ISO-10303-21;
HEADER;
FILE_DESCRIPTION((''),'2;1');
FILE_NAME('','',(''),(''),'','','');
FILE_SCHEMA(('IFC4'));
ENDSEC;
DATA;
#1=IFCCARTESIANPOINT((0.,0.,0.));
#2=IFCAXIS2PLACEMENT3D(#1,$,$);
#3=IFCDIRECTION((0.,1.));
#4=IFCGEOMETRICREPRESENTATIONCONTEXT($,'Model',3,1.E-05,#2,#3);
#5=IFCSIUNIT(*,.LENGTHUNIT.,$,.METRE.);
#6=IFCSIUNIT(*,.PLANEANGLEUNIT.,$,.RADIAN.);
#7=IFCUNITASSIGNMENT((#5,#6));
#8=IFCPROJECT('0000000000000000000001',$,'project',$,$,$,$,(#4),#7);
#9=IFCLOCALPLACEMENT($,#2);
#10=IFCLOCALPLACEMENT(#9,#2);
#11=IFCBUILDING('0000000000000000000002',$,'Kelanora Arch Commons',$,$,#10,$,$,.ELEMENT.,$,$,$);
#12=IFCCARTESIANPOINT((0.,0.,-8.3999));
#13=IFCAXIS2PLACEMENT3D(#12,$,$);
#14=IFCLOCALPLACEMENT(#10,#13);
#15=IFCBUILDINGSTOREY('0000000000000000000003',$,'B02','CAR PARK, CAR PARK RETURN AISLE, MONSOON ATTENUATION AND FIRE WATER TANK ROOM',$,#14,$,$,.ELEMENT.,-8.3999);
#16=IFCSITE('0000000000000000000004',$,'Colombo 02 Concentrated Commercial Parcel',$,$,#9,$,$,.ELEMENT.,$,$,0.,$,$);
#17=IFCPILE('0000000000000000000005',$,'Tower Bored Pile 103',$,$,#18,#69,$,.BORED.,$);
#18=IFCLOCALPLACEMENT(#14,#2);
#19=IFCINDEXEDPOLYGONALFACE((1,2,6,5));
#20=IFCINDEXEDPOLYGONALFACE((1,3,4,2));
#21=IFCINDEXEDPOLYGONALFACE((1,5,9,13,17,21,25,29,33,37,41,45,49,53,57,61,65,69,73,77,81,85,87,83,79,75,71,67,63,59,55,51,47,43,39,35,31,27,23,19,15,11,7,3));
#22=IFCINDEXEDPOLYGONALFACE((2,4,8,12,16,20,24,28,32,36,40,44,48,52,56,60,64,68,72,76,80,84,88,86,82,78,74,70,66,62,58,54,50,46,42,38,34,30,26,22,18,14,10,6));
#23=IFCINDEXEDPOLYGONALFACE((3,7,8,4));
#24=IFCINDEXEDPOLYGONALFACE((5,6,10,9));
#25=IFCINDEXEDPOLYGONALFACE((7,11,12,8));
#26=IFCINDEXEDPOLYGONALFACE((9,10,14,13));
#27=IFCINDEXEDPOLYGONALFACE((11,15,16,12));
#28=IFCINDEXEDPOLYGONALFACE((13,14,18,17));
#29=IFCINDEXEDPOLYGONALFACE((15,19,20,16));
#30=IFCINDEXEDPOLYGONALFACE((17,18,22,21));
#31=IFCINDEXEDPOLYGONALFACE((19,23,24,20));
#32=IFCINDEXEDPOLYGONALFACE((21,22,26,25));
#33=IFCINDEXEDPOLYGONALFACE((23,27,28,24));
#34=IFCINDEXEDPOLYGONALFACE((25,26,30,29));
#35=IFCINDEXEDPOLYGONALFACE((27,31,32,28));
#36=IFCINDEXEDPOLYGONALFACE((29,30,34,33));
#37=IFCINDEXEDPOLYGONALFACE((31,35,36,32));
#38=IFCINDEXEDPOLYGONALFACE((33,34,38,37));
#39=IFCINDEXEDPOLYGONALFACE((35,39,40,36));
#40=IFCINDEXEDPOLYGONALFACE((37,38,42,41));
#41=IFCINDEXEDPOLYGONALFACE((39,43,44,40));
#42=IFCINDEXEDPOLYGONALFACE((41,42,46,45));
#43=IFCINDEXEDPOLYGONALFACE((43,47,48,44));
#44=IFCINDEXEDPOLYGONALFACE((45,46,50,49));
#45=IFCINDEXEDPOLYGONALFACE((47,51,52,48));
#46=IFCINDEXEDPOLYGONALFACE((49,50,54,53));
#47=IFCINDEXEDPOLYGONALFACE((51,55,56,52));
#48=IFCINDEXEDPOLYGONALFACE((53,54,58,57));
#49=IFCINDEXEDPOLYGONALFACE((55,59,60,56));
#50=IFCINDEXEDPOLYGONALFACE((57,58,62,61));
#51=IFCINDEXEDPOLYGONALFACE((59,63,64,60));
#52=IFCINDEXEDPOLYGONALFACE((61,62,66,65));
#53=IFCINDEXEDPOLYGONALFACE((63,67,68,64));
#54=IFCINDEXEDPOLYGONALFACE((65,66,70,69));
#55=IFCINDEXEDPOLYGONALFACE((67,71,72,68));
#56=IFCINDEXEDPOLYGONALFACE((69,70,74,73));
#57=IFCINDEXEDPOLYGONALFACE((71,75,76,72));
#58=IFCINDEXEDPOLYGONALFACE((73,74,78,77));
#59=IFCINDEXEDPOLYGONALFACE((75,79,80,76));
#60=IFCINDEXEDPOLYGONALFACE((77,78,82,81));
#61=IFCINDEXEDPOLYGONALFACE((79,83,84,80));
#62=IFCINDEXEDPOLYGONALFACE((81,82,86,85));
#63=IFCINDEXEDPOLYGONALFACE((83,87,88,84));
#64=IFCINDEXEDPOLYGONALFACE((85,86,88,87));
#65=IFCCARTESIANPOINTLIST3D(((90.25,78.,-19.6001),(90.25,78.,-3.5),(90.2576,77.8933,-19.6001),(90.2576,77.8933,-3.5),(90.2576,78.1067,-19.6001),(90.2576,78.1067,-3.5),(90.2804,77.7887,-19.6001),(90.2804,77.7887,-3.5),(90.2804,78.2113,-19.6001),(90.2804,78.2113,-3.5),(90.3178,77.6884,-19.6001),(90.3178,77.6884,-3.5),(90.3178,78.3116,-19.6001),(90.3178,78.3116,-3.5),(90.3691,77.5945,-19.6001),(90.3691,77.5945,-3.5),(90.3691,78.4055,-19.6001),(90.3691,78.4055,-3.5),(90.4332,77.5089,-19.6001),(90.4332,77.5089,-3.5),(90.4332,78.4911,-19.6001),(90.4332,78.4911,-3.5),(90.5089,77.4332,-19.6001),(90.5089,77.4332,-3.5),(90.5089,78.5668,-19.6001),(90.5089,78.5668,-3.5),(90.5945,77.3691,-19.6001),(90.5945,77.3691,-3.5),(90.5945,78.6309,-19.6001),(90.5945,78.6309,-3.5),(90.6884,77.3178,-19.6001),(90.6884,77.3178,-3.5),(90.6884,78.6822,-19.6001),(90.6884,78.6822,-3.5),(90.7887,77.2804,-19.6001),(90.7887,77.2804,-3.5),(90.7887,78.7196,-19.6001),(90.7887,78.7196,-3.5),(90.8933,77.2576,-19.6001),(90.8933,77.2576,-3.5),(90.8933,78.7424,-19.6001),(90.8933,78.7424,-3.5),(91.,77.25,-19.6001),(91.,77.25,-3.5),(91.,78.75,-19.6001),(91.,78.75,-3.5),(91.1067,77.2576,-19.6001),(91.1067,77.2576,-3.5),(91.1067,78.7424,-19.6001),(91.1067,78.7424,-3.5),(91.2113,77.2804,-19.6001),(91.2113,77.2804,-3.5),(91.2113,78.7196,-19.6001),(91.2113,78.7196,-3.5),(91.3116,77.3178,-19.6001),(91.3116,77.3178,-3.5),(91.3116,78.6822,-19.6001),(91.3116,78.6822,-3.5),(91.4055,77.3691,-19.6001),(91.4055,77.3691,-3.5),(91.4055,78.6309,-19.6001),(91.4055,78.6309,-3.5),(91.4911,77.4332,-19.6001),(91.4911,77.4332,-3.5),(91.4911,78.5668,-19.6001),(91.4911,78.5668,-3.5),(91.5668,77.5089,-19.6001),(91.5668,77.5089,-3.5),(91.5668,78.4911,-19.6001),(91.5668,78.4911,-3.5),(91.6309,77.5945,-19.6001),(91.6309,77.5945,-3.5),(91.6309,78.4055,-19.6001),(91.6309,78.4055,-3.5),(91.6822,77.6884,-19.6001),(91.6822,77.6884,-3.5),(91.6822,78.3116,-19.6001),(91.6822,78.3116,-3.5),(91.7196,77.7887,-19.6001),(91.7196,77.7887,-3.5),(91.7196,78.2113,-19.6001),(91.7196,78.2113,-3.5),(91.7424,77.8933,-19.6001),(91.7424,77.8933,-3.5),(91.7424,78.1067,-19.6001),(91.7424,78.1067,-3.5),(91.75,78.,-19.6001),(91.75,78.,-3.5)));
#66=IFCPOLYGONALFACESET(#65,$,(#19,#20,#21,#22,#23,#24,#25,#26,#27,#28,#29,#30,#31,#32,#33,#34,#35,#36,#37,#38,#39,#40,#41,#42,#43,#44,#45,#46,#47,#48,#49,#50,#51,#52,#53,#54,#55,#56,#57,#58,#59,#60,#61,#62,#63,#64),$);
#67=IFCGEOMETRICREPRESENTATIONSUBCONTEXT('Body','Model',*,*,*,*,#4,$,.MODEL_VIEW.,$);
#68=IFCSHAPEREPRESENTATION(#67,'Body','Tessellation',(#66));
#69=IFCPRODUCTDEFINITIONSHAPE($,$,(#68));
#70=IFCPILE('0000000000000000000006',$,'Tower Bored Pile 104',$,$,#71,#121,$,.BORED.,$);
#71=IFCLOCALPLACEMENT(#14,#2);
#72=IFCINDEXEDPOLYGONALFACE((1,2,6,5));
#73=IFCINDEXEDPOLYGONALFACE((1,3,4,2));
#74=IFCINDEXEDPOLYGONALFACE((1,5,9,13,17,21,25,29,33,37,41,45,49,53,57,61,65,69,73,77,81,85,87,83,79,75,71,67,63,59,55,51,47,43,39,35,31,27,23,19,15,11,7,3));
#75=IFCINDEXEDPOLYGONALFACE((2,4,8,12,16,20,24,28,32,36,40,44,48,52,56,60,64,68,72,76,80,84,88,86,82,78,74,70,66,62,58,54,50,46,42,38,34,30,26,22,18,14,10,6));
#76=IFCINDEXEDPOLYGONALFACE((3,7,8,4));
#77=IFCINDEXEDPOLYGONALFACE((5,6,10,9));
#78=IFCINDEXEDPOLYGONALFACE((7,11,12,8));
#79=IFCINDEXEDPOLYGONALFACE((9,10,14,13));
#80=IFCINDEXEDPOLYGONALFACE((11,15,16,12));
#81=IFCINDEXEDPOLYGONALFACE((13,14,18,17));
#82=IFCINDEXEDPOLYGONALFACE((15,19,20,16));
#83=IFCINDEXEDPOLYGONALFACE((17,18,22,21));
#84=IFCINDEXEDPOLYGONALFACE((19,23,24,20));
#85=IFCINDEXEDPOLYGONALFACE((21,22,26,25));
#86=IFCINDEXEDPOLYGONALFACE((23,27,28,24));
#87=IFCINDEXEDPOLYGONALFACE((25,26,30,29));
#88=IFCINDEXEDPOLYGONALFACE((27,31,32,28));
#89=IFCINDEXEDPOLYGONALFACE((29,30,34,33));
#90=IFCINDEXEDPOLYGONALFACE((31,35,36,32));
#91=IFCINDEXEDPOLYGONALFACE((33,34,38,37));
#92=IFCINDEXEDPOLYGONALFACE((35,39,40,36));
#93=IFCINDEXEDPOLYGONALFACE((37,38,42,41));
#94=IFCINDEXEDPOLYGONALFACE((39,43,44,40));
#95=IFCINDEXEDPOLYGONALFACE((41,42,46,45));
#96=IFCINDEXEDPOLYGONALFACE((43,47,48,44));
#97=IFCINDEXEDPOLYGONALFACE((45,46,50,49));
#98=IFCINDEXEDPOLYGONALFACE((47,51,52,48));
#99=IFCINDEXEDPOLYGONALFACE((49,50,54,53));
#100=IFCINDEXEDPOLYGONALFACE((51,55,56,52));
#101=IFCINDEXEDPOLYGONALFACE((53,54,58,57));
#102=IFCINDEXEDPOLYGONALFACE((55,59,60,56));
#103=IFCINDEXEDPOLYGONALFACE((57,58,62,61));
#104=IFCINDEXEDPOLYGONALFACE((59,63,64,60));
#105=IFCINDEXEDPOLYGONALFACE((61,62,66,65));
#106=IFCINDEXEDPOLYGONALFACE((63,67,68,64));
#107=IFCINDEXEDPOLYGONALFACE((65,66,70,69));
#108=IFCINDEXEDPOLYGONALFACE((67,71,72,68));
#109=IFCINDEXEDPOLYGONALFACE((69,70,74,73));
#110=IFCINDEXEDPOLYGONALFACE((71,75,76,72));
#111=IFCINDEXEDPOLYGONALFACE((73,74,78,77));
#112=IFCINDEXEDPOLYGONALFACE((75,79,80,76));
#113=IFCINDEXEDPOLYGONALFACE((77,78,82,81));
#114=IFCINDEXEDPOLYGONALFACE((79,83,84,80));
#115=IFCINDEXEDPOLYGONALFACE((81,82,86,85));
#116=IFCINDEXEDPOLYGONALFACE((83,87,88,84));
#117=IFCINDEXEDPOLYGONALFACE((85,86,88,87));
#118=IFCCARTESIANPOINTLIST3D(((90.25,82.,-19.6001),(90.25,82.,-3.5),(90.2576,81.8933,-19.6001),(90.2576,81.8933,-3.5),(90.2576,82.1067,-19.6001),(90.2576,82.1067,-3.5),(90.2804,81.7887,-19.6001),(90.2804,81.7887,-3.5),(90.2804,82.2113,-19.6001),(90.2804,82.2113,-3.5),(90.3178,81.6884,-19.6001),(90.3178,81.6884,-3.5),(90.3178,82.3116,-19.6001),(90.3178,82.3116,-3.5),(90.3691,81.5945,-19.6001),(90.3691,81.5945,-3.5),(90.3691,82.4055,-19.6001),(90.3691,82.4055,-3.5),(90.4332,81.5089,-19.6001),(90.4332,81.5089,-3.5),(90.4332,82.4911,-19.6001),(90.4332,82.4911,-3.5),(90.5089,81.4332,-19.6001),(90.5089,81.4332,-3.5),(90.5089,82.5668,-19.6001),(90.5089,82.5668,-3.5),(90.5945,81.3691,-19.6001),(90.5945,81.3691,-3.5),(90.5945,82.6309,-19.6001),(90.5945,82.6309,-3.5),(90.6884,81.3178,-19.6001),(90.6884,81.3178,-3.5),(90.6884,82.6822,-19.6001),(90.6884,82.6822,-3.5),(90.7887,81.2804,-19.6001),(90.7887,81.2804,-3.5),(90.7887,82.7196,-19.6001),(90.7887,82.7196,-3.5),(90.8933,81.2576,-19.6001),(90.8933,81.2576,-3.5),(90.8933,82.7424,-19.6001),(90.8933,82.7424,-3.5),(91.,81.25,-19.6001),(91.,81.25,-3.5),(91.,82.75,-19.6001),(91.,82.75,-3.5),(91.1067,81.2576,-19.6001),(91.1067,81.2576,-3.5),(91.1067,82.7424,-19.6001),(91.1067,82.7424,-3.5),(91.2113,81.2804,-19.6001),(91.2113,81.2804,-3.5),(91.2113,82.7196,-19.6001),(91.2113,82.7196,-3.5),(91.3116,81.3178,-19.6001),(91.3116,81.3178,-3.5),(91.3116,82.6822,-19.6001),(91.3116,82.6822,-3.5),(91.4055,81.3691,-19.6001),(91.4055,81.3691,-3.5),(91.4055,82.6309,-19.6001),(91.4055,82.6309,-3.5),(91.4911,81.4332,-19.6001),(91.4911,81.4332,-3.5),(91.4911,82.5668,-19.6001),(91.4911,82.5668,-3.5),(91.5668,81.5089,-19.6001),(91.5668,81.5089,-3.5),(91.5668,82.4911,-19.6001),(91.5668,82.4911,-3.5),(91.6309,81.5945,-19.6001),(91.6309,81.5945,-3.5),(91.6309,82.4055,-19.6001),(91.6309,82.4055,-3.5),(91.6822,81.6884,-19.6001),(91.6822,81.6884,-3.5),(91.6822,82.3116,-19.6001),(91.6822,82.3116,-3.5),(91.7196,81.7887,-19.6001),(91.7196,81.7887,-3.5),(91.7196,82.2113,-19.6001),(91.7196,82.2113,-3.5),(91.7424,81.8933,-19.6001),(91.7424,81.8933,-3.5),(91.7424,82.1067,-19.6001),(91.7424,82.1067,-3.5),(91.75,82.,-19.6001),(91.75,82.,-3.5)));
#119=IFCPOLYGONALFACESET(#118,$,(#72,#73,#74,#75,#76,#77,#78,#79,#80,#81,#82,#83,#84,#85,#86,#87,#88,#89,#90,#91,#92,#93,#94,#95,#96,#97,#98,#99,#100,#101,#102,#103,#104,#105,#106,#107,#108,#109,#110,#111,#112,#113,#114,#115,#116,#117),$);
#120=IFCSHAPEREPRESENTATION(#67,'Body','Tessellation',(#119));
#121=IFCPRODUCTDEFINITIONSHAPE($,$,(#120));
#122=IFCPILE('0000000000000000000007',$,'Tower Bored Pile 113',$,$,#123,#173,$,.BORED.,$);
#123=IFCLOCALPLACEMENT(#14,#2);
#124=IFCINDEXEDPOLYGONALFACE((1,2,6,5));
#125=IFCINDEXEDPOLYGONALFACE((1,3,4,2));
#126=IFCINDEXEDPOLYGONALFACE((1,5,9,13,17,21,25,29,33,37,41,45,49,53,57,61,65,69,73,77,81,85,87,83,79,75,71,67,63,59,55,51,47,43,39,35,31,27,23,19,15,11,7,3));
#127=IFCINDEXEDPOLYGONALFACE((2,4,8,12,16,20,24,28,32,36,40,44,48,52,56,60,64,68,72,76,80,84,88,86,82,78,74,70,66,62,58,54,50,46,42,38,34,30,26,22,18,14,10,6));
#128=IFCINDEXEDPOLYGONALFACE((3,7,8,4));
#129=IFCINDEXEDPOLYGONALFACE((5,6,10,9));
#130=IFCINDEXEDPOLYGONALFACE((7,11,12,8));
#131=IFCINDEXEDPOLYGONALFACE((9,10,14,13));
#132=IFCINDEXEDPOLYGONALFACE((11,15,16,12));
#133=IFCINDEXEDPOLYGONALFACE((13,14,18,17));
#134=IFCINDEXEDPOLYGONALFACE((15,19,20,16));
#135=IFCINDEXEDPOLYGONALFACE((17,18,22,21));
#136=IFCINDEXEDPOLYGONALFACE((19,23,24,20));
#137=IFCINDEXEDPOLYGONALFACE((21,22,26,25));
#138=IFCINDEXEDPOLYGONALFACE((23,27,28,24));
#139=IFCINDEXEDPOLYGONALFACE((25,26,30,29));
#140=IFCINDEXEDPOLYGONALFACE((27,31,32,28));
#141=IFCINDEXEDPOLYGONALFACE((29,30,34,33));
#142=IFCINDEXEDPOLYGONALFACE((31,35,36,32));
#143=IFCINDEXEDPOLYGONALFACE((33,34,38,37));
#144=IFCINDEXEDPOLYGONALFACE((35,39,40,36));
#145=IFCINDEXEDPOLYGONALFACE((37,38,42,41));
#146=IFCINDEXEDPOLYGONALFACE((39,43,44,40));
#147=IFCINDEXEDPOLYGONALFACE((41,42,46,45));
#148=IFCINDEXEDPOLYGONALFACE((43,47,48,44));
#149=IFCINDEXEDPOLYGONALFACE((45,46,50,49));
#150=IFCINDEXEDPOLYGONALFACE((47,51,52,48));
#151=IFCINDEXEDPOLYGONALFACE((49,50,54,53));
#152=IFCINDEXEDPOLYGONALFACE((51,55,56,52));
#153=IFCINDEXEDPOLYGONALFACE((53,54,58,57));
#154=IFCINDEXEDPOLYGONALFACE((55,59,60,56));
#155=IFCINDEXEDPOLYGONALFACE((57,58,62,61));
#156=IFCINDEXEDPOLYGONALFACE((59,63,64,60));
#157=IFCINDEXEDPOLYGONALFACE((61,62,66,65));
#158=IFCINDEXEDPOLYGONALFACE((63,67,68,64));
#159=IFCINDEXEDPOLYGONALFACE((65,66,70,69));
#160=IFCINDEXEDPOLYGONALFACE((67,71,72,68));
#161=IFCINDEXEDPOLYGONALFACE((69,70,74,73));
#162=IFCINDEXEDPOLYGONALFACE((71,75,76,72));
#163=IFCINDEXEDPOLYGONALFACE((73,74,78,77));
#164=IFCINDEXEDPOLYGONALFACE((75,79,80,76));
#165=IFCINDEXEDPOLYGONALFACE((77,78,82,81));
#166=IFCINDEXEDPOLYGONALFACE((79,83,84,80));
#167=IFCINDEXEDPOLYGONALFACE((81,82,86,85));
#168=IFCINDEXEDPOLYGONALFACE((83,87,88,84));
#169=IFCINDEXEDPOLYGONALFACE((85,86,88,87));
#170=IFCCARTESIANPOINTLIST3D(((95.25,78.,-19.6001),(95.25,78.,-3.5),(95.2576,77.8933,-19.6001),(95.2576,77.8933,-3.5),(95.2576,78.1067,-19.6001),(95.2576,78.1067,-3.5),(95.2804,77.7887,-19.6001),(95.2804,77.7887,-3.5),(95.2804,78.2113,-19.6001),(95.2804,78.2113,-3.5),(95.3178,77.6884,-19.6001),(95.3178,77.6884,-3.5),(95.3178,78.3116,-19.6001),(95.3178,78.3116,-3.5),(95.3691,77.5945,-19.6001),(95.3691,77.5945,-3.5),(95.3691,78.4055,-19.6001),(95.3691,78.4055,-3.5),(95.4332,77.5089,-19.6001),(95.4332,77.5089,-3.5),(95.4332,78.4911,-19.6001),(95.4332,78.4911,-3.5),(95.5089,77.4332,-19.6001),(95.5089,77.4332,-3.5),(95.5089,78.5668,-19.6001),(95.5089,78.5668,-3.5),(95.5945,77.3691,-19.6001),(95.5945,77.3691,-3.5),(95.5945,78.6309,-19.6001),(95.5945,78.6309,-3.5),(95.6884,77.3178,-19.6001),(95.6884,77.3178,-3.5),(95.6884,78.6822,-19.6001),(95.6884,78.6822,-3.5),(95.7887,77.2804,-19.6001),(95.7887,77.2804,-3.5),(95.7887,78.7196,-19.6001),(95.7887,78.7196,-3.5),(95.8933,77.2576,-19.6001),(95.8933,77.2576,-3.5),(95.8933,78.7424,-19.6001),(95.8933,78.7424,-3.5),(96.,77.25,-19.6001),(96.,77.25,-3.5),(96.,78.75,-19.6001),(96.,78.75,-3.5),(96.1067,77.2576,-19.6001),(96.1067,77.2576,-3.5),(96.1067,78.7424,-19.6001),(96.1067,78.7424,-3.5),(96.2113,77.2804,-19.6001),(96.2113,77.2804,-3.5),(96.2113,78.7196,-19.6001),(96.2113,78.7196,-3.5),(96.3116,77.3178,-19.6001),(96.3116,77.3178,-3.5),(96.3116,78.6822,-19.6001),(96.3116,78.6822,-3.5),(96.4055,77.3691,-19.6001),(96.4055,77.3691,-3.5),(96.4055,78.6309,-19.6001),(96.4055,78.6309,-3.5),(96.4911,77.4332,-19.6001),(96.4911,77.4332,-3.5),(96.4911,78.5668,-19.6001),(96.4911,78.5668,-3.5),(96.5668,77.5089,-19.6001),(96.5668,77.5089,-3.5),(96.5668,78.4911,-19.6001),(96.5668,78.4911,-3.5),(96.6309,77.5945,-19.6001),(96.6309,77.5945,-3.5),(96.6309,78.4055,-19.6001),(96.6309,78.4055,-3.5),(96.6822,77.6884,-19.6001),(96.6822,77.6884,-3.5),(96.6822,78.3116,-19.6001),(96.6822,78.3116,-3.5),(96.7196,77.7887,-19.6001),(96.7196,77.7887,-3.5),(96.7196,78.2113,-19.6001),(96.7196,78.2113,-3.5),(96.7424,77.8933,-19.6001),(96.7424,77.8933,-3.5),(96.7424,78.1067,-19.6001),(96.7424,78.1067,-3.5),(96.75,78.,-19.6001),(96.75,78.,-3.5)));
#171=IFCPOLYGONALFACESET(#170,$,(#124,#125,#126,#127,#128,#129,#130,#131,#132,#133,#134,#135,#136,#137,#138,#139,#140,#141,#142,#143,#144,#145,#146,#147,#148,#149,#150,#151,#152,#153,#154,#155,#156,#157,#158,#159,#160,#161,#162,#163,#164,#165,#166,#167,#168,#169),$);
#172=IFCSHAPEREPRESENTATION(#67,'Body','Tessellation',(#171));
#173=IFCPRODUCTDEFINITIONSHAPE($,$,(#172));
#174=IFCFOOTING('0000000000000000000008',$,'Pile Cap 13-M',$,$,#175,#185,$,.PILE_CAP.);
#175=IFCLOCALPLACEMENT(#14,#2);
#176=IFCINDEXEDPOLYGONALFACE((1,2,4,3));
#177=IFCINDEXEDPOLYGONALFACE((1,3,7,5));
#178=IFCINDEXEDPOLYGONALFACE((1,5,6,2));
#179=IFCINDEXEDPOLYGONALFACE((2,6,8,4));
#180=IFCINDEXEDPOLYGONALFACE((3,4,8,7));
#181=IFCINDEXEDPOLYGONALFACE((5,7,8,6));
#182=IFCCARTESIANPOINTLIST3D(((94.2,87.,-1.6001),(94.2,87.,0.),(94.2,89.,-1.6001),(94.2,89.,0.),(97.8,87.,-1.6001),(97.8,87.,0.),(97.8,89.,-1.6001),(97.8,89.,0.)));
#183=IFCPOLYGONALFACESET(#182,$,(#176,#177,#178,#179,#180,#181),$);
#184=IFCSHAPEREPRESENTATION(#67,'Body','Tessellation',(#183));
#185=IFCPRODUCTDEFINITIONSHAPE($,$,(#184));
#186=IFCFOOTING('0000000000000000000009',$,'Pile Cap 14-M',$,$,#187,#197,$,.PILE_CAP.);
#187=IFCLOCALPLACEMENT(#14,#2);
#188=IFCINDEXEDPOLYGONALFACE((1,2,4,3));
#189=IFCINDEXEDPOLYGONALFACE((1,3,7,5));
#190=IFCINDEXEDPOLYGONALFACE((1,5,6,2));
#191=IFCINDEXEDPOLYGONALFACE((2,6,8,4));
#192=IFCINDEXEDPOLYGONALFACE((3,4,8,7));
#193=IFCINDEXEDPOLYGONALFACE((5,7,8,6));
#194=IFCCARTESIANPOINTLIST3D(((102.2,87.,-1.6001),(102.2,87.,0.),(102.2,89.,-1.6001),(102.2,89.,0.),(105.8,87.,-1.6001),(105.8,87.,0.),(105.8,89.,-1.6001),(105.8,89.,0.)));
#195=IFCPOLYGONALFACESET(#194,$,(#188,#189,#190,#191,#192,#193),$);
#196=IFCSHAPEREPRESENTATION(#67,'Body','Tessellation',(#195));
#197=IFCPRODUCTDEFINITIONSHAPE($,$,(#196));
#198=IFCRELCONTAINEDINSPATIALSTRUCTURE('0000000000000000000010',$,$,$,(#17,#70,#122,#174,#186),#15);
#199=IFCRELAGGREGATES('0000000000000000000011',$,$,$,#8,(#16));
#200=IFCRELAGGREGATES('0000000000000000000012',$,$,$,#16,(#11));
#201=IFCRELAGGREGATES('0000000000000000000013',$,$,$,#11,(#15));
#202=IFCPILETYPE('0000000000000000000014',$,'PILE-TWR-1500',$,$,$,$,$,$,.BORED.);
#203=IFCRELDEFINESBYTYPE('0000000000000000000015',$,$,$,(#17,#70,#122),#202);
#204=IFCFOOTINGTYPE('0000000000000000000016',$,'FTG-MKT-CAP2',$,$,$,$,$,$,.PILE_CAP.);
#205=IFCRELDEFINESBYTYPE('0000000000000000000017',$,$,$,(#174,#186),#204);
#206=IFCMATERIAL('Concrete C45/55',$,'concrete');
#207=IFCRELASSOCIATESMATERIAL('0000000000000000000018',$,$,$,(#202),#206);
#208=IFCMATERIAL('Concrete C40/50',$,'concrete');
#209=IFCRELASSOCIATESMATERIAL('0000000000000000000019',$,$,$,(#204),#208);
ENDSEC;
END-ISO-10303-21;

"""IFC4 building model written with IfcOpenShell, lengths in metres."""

from ifc_helpers import new_model, si_unit, direction, frame, origin, origin_2d, place, context, subcontext, project, spatial, rectangle, circle, extrude, source, transform, mapped, material, material_profile, profile_set, type_object, element, save


model = new_model("IFC4")

# Units and contexts
model_context = context("Model", 3, precision=1e-05, world=origin(), true_north=direction((0.0, 1.0)))
body_context = subcontext(model_context, "Body", "Model", "MODEL_VIEW")
ifc_project = project(units=[si_unit("LENGTHUNIT", "METRE"), si_unit("PLANEANGLEUNIT", "RADIAN")], contexts=[model_context])

# Site, building, storey
site_placement = place(None, origin())
site = spatial("IfcSite", under=ifc_project, at=site_placement, Name="Colombo 02 Concentrated Commercial Parcel", CompositionType="ELEMENT", RefElevation=0.0)
building_placement = place(site_placement, origin())
building = spatial("IfcBuilding", under=site, at=building_placement, Name="Kelanora Arch Commons", CompositionType="ELEMENT")
storey_placement = place(building_placement, frame((0.0, 0.0, -8.3999)))
storey = spatial("IfcBuildingStorey", under=building, at=storey_placement, Name="B02", Description="CAR PARK, CAR PARK RETURN AISLE, MONSOON ATTENUATION AND FIRE WATER TANK ROOM", CompositionType="ELEMENT", Elevation=-8.3999)

# Piles
ifc_material_1 = material(Name="Concrete C45/55", Category="concrete")
ifc_material_profile_1 = material_profile(ifc_material_1, circle(Radius=0.75, at=origin_2d()), Name="PILE1500")
ifc_profile_set_1 = profile_set([ifc_material_profile_1], Name="Concrete C45/55")
pile_type_1 = type_object("IfcPileType", Name="PILE-TWR-1500", PredefinedType="BORED", material=ifc_profile_set_1)
shared_shape_1 = source(origin(), body_context, "Body", "SweptSolid", [
    extrude(circle(Radius=0.75, at=origin_2d()), origin(), (0.0, 0.0, 1.0), 16.1001),
])
for number, where, z_axis, x_axis, name in (
    (1, (91.0, 78.0, -3.5), (0.0, 0.0, -1.0), (1.0, 0.0, 0.0), "Tower Bored Pile 103"),
    (2, (91.0, 82.0, -3.5), (0.0, 0.0, -1.0), (1.0, 0.0, 0.0), "Tower Bored Pile 104"),
    (3, (96.0, 78.0, -3.5), (0.0, 0.0, -1.0), (1.0, 0.0, 0.0), "Tower Bored Pile 113"),
):
    element("IfcPile", number, at=place(storey_placement, frame(where, z_axis=z_axis, x_axis=x_axis)), inside=storey, type_object=pile_type_1, Name=name, PredefinedType="BORED", context=body_context, shape_type="MappedRepresentation", body=[
        mapped(shared_shape_1, transform((0.0, 0.0, 0.0), scale=1.0)),
    ])

# Footings
ifc_material_2 = material(Name="Concrete C40/50", Category="concrete")
footing_type_1 = type_object("IfcFootingType", Name="FTG-MKT-CAP2", PredefinedType="PILE_CAP", material=ifc_material_2)
shared_shape_2 = source(origin(), body_context, "Body", "SweptSolid", [
    extrude(rectangle(XDim=3.6001, YDim=2.0, at=origin_2d()), origin(), (0.0, 0.0, 1.0), 1.6001),
])
for number, where, z_axis, x_axis, name in (
    (4, (96.0, 88.0, -1.6001), (0.0, 0.0, 1.0), (1.0, 0.0, 0.0), "Pile Cap 13-M"),
    (5, (104.0, 88.0, -1.6001), (0.0, 0.0, 1.0), (1.0, 0.0, 0.0), "Pile Cap 14-M"),
):
    element("IfcFooting", number, at=place(storey_placement, frame(where, z_axis=z_axis, x_axis=x_axis)), inside=storey, type_object=footing_type_1, Name=name, PredefinedType="PILE_CAP", context=body_context, shape_type="MappedRepresentation", body=[
        mapped(shared_shape_2, transform((0.0, 0.0, 0.0), scale=1.0)),
    ])

save(model, "model.ifc")
